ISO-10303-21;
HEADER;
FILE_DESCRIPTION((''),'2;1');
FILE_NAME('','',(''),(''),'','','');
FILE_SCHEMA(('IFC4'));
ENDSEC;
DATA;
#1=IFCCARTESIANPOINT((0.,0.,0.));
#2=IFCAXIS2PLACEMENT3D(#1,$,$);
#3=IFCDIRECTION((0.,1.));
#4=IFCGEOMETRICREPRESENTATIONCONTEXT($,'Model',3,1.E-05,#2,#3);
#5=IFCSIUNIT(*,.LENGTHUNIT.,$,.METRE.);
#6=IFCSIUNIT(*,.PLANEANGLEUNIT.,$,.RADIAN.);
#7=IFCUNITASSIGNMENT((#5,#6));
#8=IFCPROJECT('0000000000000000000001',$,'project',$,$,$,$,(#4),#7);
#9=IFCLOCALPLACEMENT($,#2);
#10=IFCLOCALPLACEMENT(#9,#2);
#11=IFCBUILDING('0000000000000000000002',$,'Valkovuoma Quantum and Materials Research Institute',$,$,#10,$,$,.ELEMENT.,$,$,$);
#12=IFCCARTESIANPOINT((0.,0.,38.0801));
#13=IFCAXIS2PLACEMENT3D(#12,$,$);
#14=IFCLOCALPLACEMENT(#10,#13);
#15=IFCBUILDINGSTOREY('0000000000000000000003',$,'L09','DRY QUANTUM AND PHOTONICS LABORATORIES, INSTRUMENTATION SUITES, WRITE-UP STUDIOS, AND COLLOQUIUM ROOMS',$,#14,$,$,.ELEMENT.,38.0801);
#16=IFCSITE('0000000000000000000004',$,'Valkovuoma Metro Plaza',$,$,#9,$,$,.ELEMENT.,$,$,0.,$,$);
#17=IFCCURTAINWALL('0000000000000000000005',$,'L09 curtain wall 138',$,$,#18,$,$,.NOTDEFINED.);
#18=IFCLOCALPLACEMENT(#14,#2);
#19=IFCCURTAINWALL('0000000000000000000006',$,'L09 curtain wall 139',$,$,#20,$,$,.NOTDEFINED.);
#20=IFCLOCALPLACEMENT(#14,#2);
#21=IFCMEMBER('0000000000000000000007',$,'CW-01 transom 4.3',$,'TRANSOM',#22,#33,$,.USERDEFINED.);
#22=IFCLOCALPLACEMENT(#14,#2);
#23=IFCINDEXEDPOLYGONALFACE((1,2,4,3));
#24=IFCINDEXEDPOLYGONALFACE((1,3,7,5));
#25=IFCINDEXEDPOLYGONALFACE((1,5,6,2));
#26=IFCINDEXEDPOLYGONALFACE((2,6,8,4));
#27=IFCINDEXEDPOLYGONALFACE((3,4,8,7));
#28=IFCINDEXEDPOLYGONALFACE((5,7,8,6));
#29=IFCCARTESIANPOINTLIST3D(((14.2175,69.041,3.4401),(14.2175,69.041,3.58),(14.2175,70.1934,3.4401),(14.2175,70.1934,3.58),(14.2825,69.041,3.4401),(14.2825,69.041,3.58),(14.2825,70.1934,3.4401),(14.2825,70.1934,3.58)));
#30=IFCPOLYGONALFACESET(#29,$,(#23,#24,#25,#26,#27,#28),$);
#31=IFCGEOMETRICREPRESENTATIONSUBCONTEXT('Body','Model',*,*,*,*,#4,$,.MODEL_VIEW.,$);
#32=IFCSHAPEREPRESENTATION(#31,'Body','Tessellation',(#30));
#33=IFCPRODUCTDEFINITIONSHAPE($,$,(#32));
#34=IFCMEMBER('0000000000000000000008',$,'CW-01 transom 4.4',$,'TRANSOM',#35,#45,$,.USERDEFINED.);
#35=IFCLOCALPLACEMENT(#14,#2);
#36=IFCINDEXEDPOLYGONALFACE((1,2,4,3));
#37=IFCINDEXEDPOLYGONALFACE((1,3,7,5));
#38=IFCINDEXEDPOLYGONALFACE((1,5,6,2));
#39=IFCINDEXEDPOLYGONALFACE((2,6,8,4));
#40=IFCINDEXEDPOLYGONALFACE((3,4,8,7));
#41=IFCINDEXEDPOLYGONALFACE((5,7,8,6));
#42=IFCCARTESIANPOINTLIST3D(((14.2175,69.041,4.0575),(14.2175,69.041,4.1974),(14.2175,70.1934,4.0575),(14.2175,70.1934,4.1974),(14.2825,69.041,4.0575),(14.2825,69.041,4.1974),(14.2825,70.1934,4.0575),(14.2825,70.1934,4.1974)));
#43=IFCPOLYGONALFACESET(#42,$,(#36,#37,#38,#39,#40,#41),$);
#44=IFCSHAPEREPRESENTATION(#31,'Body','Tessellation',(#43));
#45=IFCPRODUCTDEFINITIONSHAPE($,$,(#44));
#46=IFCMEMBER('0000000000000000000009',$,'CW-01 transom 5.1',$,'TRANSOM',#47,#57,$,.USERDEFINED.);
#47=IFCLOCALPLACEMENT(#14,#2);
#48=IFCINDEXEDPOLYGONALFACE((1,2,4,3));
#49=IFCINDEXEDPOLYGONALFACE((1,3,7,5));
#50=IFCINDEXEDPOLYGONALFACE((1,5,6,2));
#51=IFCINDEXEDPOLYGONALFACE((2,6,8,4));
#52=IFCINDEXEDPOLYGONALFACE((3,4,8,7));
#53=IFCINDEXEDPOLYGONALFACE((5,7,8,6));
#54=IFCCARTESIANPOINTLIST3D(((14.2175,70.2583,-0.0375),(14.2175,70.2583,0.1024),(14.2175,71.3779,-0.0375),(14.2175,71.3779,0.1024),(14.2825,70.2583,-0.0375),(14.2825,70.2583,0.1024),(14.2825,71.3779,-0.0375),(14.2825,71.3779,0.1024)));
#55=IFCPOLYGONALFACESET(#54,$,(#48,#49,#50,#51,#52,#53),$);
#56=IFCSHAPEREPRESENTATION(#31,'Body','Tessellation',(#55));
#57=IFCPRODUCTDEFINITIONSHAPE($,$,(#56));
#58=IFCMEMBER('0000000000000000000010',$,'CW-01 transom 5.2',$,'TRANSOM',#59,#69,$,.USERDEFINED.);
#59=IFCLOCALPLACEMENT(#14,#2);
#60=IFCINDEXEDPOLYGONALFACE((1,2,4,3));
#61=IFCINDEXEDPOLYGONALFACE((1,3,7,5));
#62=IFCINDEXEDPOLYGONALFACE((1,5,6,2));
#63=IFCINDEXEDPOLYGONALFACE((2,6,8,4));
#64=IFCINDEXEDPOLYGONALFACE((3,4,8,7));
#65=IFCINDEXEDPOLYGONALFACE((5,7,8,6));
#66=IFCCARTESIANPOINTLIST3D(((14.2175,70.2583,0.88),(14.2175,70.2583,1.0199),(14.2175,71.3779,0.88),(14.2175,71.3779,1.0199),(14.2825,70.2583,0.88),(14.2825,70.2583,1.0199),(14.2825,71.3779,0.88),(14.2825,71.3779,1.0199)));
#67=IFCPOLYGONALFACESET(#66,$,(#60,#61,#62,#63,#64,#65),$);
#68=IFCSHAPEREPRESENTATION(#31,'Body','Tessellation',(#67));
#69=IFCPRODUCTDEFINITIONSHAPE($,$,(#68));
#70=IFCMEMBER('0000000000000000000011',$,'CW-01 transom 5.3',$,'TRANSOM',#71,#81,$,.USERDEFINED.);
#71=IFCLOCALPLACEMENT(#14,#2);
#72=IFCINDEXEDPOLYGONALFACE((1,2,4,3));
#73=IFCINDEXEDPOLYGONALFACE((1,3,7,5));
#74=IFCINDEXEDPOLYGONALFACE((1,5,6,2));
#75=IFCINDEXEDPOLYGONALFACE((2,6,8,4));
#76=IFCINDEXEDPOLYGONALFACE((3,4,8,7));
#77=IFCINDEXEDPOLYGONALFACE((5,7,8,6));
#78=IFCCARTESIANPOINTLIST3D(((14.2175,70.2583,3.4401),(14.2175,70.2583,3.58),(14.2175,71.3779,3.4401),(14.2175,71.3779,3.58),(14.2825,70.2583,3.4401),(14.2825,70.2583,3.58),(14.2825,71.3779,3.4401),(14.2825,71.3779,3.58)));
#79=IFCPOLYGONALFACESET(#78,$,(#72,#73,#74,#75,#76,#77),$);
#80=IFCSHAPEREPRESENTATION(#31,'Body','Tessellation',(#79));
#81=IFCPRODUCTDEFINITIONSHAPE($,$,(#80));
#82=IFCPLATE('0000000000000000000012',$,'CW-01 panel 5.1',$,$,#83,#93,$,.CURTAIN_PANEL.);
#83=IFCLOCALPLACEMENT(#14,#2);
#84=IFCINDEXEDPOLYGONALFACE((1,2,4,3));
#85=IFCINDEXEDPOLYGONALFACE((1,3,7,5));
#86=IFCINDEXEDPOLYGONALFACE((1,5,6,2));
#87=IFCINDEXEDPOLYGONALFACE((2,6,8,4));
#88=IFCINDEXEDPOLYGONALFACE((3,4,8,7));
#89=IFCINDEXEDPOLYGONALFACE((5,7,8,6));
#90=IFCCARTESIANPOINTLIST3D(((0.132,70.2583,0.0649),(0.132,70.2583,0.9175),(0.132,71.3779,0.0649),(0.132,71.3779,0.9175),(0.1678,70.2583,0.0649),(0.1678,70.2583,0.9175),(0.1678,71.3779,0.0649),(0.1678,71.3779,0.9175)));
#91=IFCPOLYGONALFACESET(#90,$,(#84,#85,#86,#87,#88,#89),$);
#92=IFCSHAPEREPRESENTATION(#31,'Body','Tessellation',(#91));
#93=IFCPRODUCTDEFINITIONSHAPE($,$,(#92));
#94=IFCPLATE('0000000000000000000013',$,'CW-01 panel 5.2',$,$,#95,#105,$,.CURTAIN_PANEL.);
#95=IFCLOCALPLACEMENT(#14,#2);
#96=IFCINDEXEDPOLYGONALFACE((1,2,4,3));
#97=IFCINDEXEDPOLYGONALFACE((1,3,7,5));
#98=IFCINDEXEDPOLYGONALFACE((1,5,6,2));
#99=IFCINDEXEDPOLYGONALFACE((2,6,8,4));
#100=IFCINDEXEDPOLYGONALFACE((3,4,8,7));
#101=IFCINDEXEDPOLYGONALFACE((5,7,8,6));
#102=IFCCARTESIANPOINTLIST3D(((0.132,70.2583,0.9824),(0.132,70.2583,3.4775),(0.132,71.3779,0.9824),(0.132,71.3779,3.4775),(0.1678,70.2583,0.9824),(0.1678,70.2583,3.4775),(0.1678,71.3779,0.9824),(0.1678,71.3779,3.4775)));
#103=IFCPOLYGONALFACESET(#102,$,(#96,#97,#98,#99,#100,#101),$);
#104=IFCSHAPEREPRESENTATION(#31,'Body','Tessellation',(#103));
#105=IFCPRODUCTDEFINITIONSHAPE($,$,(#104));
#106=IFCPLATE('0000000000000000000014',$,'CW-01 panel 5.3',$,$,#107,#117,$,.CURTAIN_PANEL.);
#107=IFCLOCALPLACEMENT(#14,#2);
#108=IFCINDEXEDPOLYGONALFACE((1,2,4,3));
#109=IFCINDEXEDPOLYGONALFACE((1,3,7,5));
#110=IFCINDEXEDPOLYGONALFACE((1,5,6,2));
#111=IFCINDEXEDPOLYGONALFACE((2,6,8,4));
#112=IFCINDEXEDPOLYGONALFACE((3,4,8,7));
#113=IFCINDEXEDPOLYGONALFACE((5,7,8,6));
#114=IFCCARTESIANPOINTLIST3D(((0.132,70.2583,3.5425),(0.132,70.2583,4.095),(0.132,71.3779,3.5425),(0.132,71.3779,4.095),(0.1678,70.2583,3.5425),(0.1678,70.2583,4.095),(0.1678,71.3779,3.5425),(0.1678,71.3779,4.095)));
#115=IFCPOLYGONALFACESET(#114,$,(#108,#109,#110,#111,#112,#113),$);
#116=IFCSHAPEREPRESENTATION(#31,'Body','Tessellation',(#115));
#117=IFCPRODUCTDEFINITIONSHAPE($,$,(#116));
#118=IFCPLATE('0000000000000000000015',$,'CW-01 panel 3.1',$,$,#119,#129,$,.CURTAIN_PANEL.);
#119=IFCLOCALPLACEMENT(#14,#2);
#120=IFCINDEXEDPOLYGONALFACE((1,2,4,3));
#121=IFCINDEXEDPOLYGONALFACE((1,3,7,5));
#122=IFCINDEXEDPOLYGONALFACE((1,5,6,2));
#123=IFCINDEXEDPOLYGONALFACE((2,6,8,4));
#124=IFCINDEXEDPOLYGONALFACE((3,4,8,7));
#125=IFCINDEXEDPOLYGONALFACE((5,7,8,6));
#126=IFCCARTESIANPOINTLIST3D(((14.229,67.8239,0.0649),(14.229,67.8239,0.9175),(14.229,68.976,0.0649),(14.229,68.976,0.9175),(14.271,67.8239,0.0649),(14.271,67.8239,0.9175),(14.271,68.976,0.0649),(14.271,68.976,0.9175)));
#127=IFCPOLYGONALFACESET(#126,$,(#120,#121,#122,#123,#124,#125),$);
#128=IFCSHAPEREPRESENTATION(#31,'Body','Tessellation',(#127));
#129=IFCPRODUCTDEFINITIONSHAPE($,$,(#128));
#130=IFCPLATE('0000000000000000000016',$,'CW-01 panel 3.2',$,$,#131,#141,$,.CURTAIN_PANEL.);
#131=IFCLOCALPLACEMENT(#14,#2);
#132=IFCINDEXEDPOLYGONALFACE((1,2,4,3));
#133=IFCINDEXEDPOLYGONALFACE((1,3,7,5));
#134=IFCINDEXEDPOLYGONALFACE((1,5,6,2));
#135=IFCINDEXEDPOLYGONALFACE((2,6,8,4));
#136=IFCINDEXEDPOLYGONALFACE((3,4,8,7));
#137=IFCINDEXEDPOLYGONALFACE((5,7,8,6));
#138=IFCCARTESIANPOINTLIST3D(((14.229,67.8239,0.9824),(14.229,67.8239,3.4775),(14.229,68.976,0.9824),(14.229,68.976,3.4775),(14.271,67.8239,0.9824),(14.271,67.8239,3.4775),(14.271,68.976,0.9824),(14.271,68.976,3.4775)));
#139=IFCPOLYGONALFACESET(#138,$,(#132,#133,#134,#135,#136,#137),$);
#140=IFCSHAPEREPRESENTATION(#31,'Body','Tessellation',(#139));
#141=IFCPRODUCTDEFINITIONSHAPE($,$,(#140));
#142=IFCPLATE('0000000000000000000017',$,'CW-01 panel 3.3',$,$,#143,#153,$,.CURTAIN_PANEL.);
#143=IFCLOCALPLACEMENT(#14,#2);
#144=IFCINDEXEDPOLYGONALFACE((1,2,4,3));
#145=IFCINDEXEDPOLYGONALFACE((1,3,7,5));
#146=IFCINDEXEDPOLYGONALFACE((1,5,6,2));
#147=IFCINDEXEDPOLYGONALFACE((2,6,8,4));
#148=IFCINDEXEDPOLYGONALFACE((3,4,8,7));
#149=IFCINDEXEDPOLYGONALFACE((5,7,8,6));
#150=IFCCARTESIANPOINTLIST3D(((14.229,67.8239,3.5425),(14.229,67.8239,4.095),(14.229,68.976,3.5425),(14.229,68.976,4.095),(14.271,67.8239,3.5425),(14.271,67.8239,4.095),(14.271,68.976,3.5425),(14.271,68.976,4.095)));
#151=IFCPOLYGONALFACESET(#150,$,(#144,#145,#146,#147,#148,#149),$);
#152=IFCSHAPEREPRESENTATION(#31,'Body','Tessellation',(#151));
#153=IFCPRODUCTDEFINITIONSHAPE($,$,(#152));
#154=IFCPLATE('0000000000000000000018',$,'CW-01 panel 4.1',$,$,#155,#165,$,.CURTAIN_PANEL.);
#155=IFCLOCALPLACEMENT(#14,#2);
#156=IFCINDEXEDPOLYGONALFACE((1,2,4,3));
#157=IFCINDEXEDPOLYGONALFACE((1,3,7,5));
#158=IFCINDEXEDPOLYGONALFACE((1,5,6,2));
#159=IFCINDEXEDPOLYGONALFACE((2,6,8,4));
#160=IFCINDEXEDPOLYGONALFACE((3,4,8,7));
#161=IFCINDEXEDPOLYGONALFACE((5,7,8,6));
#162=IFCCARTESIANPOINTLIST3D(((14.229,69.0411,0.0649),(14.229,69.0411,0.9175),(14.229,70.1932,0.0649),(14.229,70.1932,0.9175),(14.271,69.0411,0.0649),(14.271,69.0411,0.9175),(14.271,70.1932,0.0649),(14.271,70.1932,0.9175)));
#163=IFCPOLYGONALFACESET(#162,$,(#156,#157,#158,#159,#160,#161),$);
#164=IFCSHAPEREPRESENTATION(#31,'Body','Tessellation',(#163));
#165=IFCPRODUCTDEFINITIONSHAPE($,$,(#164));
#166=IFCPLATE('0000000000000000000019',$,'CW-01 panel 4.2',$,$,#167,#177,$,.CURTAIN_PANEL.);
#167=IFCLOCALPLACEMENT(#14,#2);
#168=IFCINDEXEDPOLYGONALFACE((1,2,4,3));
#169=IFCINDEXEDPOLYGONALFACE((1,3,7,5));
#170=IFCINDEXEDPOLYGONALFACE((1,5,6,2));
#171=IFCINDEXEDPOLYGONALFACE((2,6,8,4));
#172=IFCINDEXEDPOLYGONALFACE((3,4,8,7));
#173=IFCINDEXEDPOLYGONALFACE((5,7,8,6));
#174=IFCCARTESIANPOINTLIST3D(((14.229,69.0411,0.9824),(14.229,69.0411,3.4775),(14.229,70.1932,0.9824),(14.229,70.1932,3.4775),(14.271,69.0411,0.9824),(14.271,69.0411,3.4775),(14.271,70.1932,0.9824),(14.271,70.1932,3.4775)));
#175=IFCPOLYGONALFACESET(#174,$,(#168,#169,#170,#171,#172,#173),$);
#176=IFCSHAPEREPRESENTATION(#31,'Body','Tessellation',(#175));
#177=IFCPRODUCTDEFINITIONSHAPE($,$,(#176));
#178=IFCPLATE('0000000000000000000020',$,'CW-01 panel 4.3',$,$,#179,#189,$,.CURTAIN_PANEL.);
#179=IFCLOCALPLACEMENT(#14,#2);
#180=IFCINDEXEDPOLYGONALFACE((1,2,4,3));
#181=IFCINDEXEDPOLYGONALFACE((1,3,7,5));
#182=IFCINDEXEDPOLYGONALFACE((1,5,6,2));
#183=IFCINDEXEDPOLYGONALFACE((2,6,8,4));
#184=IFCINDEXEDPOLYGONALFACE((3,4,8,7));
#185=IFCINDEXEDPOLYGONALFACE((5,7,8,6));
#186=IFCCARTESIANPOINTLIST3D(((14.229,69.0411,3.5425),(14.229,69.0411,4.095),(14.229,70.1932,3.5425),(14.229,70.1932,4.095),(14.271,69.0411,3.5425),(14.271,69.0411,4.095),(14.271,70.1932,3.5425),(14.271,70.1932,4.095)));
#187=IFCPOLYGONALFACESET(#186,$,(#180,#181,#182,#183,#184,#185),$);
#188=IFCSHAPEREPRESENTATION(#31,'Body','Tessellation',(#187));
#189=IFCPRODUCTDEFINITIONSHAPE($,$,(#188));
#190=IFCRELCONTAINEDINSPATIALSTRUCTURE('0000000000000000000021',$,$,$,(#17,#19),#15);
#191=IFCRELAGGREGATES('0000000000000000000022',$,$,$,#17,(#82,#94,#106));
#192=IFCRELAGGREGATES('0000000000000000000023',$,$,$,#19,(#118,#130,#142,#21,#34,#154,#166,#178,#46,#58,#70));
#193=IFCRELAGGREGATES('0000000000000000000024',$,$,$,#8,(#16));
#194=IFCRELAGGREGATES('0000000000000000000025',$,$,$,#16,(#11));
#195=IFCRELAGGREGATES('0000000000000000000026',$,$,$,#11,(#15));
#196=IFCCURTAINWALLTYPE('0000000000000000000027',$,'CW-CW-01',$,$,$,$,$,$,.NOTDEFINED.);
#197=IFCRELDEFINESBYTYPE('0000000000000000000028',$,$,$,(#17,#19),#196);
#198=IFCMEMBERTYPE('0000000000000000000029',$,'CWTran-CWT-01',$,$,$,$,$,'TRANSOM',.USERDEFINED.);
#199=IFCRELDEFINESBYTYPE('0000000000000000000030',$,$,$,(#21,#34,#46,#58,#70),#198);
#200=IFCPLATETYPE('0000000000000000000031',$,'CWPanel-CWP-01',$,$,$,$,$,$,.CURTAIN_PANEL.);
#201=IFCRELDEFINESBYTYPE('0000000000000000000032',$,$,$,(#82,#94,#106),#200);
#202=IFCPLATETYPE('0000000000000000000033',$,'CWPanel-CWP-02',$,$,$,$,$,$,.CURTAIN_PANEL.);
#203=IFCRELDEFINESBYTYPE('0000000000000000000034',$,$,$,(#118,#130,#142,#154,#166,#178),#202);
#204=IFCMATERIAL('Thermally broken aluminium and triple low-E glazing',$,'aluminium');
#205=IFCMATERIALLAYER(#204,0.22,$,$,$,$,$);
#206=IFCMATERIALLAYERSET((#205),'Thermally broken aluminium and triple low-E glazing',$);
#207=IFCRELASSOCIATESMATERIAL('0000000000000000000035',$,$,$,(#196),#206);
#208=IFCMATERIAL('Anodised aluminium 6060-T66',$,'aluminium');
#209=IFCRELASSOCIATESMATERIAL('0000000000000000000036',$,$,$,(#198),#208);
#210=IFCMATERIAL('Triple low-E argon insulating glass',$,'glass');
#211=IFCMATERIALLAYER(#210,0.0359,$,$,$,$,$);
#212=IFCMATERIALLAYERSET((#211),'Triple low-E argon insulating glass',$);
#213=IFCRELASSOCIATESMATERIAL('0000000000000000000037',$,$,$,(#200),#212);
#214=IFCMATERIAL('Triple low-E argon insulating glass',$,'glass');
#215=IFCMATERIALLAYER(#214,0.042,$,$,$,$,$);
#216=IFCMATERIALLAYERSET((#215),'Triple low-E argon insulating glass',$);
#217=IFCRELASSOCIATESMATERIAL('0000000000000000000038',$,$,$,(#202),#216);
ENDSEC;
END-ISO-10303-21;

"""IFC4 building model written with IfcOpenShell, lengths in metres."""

from ifc_helpers import new_model, si_unit, direction, frame, origin, origin_2d, place, context, subcontext, project, spatial, rectangle, extrude, material, layer, layer_set, material_profile, profile_set, type_object, element, aggregate, save


model = new_model("IFC4")

# Units and contexts
model_context = context("Model", 3, precision=1e-05, world=origin(), true_north=direction((0.0, 1.0)))
body_context = subcontext(model_context, "Body", "Model", "MODEL_VIEW")
ifc_project = project(units=[si_unit("LENGTHUNIT", "METRE"), si_unit("PLANEANGLEUNIT", "RADIAN")], contexts=[model_context])

# Site, building, storey
site_placement = place(None, origin())
site = spatial("IfcSite", under=ifc_project, at=site_placement, Name="Valkovuoma Metro Plaza", CompositionType="ELEMENT", RefElevation=0.0)
building_placement = place(site_placement, origin())
building = spatial("IfcBuilding", under=site, at=building_placement, Name="Valkovuoma Quantum and Materials Research Institute", CompositionType="ELEMENT")
storey_placement = place(building_placement, frame((0.0, 0.0, 38.0801)))
storey = spatial("IfcBuildingStorey", under=building, at=storey_placement, Name="L09", Description="DRY QUANTUM AND PHOTONICS LABORATORIES, INSTRUMENTATION SUITES, WRITE-UP STUDIOS, AND COLLOQUIUM ROOMS", CompositionType="ELEMENT", Elevation=38.0801)

# Curtain wall
ifc_material_1 = material(Name="Thermally broken aluminium and triple low-E glazing", Category="aluminium")
ifc_layer_1 = layer(ifc_material_1, 0.22)
ifc_layer_set_1 = layer_set([ifc_layer_1], Name="Thermally broken aluminium and triple low-E glazing")
curtain_wall_type = type_object("IfcCurtainWallType", Name="CW-CW-01", PredefinedType="NOTDEFINED", material=ifc_layer_set_1)
curtain_wall_1_placement = place(storey_placement, origin())
curtain_wall_1 = element("IfcCurtainWall", 1, at=curtain_wall_1_placement, inside=storey, type_object=curtain_wall_type, Name="L09 curtain wall 138", PredefinedType="NOTDEFINED")

# Curtain wall, members
curtain_wall_2_placement = place(storey_placement, origin())
curtain_wall_2 = element("IfcCurtainWall", 2, at=curtain_wall_2_placement, inside=storey, type_object=curtain_wall_type, Name="L09 curtain wall 139", PredefinedType="NOTDEFINED")
ifc_material_2 = material(Name="Anodised aluminium 6060-T66", Category="aluminium")
ifc_material_profile_1 = material_profile(ifc_material_2, rectangle(XDim=0.0649, YDim=0.1399, at=origin_2d()), Name="Anodised aluminium 6060-T66")
ifc_profile_set_1 = profile_set([ifc_material_profile_1], Name="Anodised aluminium 6060-T66")
member_type_1 = type_object("IfcMemberType", Name="CWTran-CWT-01", ElementType="TRANSOM", PredefinedType="USERDEFINED", material=ifc_profile_set_1)
member_1_placement = place(storey_placement, frame((14.25, 69.041, 3.51), z_axis=(0.0, 1.0, 0.0), x_axis=(-1.0, 0.0, 0.0)))
member_1 = element("IfcMember", 3, at=member_1_placement, type_object=member_type_1, Name="CW-01 transom 4.3", ObjectType="TRANSOM", PredefinedType="USERDEFINED", context=body_context, shape_type="SweptSolid", body=[
    extrude(rectangle(XDim=0.0649, YDim=0.1399, at=origin_2d()), origin(), (0.0, 0.0, 1.0), 1.1523),
])
member_2_placement = place(storey_placement, frame((14.25, 69.041, 4.1274), z_axis=(0.0, 1.0, 0.0), x_axis=(-1.0, 0.0, 0.0)))
member_2 = element("IfcMember", 4, at=member_2_placement, type_object=member_type_1, Name="CW-01 transom 4.4", ObjectType="TRANSOM", PredefinedType="USERDEFINED", context=body_context, shape_type="SweptSolid", body=[
    extrude(rectangle(XDim=0.0649, YDim=0.1399, at=origin_2d()), origin(), (0.0, 0.0, 1.0), 1.1523),
])
member_3_placement = place(storey_placement, frame((14.25, 70.2583, 0.0325), z_axis=(0.0, 1.0, 0.0), x_axis=(-1.0, 0.0, 0.0)))
member_3 = element("IfcMember", 5, at=member_3_placement, type_object=member_type_1, Name="CW-01 transom 5.1", ObjectType="TRANSOM", PredefinedType="USERDEFINED", context=body_context, shape_type="SweptSolid", body=[
    extrude(rectangle(XDim=0.0649, YDim=0.1399, at=origin_2d()), origin(), (0.0, 0.0, 1.0), 1.1196),
])
member_4_placement = place(storey_placement, frame((14.25, 70.2583, 0.95), z_axis=(0.0, 1.0, 0.0), x_axis=(-1.0, 0.0, 0.0)))
member_4 = element("IfcMember", 6, at=member_4_placement, type_object=member_type_1, Name="CW-01 transom 5.2", ObjectType="TRANSOM", PredefinedType="USERDEFINED", context=body_context, shape_type="SweptSolid", body=[
    extrude(rectangle(XDim=0.0649, YDim=0.1399, at=origin_2d()), origin(), (0.0, 0.0, 1.0), 1.1196),
])
member_5_placement = place(storey_placement, frame((14.25, 70.2583, 3.51), z_axis=(0.0, 1.0, 0.0), x_axis=(-1.0, 0.0, 0.0)))
member_5 = element("IfcMember", 7, at=member_5_placement, type_object=member_type_1, Name="CW-01 transom 5.3", ObjectType="TRANSOM", PredefinedType="USERDEFINED", context=body_context, shape_type="SweptSolid", body=[
    extrude(rectangle(XDim=0.0649, YDim=0.1399, at=origin_2d()), origin(), (0.0, 0.0, 1.0), 1.1196),
])

# Plates
ifc_material_3 = material(Name="Triple low-E argon insulating glass", Category="glass")
ifc_layer_2 = layer(ifc_material_3, 0.0359)
ifc_layer_set_2 = layer_set([ifc_layer_2], Name="Triple low-E argon insulating glass")
plate_type_1 = type_object("IfcPlateType", Name="CWPanel-CWP-01", PredefinedType="CURTAIN_PANEL", material=ifc_layer_set_2)
plate_1_placement = place(storey_placement, frame((0.1499, 70.8181, 0.0649), z_axis=(0.0, 0.0, 1.0), x_axis=(0.0, 1.0, 0.0)))
plate_1 = element("IfcPlate", 8, at=plate_1_placement, type_object=plate_type_1, Name="CW-01 panel 5.1", PredefinedType="CURTAIN_PANEL", context=body_context, shape_type="SweptSolid", body=[
    extrude(rectangle(XDim=1.1196, YDim=0.0359, at=origin_2d()), origin(), (0.0, 0.0, 1.0), 0.8525),
])
plate_2_placement = place(storey_placement, frame((0.1499, 70.8181, 0.9824), z_axis=(0.0, 0.0, 1.0), x_axis=(0.0, 1.0, 0.0)))
plate_2 = element("IfcPlate", 9, at=plate_2_placement, type_object=plate_type_1, Name="CW-01 panel 5.2", PredefinedType="CURTAIN_PANEL", context=body_context, shape_type="SweptSolid", body=[
    extrude(rectangle(XDim=1.1196, YDim=0.0359, at=origin_2d()), origin(), (0.0, 0.0, 1.0), 2.4951),
])
plate_3_placement = place(storey_placement, frame((0.1499, 70.8181, 3.5425), z_axis=(0.0, 0.0, 1.0), x_axis=(0.0, 1.0, 0.0)))
plate_3 = element("IfcPlate", 10, at=plate_3_placement, type_object=plate_type_1, Name="CW-01 panel 5.3", PredefinedType="CURTAIN_PANEL", context=body_context, shape_type="SweptSolid", body=[
    extrude(rectangle(XDim=1.1196, YDim=0.0359, at=origin_2d()), origin(), (0.0, 0.0, 1.0), 0.5525),
])
aggregate(curtain_wall_1, [plate_1, plate_2, plate_3])
ifc_material_4 = material(Name="Triple low-E argon insulating glass", Category="glass")
ifc_layer_3 = layer(ifc_material_4, 0.042)
ifc_layer_set_3 = layer_set([ifc_layer_3], Name="Triple low-E argon insulating glass")
plate_type_2 = type_object("IfcPlateType", Name="CWPanel-CWP-02", PredefinedType="CURTAIN_PANEL", material=ifc_layer_set_3)
plate_4_placement = place(storey_placement, frame((14.25, 68.3999, 0.0649), z_axis=(0.0, 0.0, 1.0), x_axis=(0.0, 1.0, 0.0)))
plate_4 = element("IfcPlate", 11, at=plate_4_placement, type_object=plate_type_2, Name="CW-01 panel 3.1", PredefinedType="CURTAIN_PANEL", context=body_context, shape_type="SweptSolid", body=[
    extrude(rectangle(XDim=1.1521, YDim=0.042, at=origin_2d()), origin(), (0.0, 0.0, 1.0), 0.8525),
])
plate_5_placement = place(storey_placement, frame((14.25, 68.3999, 0.9824), z_axis=(0.0, 0.0, 1.0), x_axis=(0.0, 1.0, 0.0)))
plate_5 = element("IfcPlate", 12, at=plate_5_placement, type_object=plate_type_2, Name="CW-01 panel 3.2", PredefinedType="CURTAIN_PANEL", context=body_context, shape_type="SweptSolid", body=[
    extrude(rectangle(XDim=1.1521, YDim=0.042, at=origin_2d()), origin(), (0.0, 0.0, 1.0), 2.4951),
])
plate_6_placement = place(storey_placement, frame((14.25, 68.3999, 3.5425), z_axis=(0.0, 0.0, 1.0), x_axis=(0.0, 1.0, 0.0)))
plate_6 = element("IfcPlate", 13, at=plate_6_placement, type_object=plate_type_2, Name="CW-01 panel 3.3", PredefinedType="CURTAIN_PANEL", context=body_context, shape_type="SweptSolid", body=[
    extrude(rectangle(XDim=1.1521, YDim=0.042, at=origin_2d()), origin(), (0.0, 0.0, 1.0), 0.5525),
])
plate_7_placement = place(storey_placement, frame((14.25, 69.6172, 0.0649), z_axis=(0.0, 0.0, 1.0), x_axis=(0.0, 1.0, 0.0)))
plate_7 = element("IfcPlate", 14, at=plate_7_placement, type_object=plate_type_2, Name="CW-01 panel 4.1", PredefinedType="CURTAIN_PANEL", context=body_context, shape_type="SweptSolid", body=[
    extrude(rectangle(XDim=1.1521, YDim=0.042, at=origin_2d()), origin(), (0.0, 0.0, 1.0), 0.8525),
])
plate_8_placement = place(storey_placement, frame((14.25, 69.6172, 0.9824), z_axis=(0.0, 0.0, 1.0), x_axis=(0.0, 1.0, 0.0)))
plate_8 = element("IfcPlate", 15, at=plate_8_placement, type_object=plate_type_2, Name="CW-01 panel 4.2", PredefinedType="CURTAIN_PANEL", context=body_context, shape_type="SweptSolid", body=[
    extrude(rectangle(XDim=1.1521, YDim=0.042, at=origin_2d()), origin(), (0.0, 0.0, 1.0), 2.4951),
])
plate_9_placement = place(storey_placement, frame((14.25, 69.6172, 3.5425), z_axis=(0.0, 0.0, 1.0), x_axis=(0.0, 1.0, 0.0)))
plate_9 = element("IfcPlate", 16, at=plate_9_placement, type_object=plate_type_2, Name="CW-01 panel 4.3", PredefinedType="CURTAIN_PANEL", context=body_context, shape_type="SweptSolid", body=[
    extrude(rectangle(XDim=1.1521, YDim=0.042, at=origin_2d()), origin(), (0.0, 0.0, 1.0), 0.5525),
])
aggregate(curtain_wall_2, [plate_4, plate_5, plate_6, member_1, member_2, plate_7, plate_8, plate_9, member_3, member_4, member_5])

save(model, "model.ifc")
